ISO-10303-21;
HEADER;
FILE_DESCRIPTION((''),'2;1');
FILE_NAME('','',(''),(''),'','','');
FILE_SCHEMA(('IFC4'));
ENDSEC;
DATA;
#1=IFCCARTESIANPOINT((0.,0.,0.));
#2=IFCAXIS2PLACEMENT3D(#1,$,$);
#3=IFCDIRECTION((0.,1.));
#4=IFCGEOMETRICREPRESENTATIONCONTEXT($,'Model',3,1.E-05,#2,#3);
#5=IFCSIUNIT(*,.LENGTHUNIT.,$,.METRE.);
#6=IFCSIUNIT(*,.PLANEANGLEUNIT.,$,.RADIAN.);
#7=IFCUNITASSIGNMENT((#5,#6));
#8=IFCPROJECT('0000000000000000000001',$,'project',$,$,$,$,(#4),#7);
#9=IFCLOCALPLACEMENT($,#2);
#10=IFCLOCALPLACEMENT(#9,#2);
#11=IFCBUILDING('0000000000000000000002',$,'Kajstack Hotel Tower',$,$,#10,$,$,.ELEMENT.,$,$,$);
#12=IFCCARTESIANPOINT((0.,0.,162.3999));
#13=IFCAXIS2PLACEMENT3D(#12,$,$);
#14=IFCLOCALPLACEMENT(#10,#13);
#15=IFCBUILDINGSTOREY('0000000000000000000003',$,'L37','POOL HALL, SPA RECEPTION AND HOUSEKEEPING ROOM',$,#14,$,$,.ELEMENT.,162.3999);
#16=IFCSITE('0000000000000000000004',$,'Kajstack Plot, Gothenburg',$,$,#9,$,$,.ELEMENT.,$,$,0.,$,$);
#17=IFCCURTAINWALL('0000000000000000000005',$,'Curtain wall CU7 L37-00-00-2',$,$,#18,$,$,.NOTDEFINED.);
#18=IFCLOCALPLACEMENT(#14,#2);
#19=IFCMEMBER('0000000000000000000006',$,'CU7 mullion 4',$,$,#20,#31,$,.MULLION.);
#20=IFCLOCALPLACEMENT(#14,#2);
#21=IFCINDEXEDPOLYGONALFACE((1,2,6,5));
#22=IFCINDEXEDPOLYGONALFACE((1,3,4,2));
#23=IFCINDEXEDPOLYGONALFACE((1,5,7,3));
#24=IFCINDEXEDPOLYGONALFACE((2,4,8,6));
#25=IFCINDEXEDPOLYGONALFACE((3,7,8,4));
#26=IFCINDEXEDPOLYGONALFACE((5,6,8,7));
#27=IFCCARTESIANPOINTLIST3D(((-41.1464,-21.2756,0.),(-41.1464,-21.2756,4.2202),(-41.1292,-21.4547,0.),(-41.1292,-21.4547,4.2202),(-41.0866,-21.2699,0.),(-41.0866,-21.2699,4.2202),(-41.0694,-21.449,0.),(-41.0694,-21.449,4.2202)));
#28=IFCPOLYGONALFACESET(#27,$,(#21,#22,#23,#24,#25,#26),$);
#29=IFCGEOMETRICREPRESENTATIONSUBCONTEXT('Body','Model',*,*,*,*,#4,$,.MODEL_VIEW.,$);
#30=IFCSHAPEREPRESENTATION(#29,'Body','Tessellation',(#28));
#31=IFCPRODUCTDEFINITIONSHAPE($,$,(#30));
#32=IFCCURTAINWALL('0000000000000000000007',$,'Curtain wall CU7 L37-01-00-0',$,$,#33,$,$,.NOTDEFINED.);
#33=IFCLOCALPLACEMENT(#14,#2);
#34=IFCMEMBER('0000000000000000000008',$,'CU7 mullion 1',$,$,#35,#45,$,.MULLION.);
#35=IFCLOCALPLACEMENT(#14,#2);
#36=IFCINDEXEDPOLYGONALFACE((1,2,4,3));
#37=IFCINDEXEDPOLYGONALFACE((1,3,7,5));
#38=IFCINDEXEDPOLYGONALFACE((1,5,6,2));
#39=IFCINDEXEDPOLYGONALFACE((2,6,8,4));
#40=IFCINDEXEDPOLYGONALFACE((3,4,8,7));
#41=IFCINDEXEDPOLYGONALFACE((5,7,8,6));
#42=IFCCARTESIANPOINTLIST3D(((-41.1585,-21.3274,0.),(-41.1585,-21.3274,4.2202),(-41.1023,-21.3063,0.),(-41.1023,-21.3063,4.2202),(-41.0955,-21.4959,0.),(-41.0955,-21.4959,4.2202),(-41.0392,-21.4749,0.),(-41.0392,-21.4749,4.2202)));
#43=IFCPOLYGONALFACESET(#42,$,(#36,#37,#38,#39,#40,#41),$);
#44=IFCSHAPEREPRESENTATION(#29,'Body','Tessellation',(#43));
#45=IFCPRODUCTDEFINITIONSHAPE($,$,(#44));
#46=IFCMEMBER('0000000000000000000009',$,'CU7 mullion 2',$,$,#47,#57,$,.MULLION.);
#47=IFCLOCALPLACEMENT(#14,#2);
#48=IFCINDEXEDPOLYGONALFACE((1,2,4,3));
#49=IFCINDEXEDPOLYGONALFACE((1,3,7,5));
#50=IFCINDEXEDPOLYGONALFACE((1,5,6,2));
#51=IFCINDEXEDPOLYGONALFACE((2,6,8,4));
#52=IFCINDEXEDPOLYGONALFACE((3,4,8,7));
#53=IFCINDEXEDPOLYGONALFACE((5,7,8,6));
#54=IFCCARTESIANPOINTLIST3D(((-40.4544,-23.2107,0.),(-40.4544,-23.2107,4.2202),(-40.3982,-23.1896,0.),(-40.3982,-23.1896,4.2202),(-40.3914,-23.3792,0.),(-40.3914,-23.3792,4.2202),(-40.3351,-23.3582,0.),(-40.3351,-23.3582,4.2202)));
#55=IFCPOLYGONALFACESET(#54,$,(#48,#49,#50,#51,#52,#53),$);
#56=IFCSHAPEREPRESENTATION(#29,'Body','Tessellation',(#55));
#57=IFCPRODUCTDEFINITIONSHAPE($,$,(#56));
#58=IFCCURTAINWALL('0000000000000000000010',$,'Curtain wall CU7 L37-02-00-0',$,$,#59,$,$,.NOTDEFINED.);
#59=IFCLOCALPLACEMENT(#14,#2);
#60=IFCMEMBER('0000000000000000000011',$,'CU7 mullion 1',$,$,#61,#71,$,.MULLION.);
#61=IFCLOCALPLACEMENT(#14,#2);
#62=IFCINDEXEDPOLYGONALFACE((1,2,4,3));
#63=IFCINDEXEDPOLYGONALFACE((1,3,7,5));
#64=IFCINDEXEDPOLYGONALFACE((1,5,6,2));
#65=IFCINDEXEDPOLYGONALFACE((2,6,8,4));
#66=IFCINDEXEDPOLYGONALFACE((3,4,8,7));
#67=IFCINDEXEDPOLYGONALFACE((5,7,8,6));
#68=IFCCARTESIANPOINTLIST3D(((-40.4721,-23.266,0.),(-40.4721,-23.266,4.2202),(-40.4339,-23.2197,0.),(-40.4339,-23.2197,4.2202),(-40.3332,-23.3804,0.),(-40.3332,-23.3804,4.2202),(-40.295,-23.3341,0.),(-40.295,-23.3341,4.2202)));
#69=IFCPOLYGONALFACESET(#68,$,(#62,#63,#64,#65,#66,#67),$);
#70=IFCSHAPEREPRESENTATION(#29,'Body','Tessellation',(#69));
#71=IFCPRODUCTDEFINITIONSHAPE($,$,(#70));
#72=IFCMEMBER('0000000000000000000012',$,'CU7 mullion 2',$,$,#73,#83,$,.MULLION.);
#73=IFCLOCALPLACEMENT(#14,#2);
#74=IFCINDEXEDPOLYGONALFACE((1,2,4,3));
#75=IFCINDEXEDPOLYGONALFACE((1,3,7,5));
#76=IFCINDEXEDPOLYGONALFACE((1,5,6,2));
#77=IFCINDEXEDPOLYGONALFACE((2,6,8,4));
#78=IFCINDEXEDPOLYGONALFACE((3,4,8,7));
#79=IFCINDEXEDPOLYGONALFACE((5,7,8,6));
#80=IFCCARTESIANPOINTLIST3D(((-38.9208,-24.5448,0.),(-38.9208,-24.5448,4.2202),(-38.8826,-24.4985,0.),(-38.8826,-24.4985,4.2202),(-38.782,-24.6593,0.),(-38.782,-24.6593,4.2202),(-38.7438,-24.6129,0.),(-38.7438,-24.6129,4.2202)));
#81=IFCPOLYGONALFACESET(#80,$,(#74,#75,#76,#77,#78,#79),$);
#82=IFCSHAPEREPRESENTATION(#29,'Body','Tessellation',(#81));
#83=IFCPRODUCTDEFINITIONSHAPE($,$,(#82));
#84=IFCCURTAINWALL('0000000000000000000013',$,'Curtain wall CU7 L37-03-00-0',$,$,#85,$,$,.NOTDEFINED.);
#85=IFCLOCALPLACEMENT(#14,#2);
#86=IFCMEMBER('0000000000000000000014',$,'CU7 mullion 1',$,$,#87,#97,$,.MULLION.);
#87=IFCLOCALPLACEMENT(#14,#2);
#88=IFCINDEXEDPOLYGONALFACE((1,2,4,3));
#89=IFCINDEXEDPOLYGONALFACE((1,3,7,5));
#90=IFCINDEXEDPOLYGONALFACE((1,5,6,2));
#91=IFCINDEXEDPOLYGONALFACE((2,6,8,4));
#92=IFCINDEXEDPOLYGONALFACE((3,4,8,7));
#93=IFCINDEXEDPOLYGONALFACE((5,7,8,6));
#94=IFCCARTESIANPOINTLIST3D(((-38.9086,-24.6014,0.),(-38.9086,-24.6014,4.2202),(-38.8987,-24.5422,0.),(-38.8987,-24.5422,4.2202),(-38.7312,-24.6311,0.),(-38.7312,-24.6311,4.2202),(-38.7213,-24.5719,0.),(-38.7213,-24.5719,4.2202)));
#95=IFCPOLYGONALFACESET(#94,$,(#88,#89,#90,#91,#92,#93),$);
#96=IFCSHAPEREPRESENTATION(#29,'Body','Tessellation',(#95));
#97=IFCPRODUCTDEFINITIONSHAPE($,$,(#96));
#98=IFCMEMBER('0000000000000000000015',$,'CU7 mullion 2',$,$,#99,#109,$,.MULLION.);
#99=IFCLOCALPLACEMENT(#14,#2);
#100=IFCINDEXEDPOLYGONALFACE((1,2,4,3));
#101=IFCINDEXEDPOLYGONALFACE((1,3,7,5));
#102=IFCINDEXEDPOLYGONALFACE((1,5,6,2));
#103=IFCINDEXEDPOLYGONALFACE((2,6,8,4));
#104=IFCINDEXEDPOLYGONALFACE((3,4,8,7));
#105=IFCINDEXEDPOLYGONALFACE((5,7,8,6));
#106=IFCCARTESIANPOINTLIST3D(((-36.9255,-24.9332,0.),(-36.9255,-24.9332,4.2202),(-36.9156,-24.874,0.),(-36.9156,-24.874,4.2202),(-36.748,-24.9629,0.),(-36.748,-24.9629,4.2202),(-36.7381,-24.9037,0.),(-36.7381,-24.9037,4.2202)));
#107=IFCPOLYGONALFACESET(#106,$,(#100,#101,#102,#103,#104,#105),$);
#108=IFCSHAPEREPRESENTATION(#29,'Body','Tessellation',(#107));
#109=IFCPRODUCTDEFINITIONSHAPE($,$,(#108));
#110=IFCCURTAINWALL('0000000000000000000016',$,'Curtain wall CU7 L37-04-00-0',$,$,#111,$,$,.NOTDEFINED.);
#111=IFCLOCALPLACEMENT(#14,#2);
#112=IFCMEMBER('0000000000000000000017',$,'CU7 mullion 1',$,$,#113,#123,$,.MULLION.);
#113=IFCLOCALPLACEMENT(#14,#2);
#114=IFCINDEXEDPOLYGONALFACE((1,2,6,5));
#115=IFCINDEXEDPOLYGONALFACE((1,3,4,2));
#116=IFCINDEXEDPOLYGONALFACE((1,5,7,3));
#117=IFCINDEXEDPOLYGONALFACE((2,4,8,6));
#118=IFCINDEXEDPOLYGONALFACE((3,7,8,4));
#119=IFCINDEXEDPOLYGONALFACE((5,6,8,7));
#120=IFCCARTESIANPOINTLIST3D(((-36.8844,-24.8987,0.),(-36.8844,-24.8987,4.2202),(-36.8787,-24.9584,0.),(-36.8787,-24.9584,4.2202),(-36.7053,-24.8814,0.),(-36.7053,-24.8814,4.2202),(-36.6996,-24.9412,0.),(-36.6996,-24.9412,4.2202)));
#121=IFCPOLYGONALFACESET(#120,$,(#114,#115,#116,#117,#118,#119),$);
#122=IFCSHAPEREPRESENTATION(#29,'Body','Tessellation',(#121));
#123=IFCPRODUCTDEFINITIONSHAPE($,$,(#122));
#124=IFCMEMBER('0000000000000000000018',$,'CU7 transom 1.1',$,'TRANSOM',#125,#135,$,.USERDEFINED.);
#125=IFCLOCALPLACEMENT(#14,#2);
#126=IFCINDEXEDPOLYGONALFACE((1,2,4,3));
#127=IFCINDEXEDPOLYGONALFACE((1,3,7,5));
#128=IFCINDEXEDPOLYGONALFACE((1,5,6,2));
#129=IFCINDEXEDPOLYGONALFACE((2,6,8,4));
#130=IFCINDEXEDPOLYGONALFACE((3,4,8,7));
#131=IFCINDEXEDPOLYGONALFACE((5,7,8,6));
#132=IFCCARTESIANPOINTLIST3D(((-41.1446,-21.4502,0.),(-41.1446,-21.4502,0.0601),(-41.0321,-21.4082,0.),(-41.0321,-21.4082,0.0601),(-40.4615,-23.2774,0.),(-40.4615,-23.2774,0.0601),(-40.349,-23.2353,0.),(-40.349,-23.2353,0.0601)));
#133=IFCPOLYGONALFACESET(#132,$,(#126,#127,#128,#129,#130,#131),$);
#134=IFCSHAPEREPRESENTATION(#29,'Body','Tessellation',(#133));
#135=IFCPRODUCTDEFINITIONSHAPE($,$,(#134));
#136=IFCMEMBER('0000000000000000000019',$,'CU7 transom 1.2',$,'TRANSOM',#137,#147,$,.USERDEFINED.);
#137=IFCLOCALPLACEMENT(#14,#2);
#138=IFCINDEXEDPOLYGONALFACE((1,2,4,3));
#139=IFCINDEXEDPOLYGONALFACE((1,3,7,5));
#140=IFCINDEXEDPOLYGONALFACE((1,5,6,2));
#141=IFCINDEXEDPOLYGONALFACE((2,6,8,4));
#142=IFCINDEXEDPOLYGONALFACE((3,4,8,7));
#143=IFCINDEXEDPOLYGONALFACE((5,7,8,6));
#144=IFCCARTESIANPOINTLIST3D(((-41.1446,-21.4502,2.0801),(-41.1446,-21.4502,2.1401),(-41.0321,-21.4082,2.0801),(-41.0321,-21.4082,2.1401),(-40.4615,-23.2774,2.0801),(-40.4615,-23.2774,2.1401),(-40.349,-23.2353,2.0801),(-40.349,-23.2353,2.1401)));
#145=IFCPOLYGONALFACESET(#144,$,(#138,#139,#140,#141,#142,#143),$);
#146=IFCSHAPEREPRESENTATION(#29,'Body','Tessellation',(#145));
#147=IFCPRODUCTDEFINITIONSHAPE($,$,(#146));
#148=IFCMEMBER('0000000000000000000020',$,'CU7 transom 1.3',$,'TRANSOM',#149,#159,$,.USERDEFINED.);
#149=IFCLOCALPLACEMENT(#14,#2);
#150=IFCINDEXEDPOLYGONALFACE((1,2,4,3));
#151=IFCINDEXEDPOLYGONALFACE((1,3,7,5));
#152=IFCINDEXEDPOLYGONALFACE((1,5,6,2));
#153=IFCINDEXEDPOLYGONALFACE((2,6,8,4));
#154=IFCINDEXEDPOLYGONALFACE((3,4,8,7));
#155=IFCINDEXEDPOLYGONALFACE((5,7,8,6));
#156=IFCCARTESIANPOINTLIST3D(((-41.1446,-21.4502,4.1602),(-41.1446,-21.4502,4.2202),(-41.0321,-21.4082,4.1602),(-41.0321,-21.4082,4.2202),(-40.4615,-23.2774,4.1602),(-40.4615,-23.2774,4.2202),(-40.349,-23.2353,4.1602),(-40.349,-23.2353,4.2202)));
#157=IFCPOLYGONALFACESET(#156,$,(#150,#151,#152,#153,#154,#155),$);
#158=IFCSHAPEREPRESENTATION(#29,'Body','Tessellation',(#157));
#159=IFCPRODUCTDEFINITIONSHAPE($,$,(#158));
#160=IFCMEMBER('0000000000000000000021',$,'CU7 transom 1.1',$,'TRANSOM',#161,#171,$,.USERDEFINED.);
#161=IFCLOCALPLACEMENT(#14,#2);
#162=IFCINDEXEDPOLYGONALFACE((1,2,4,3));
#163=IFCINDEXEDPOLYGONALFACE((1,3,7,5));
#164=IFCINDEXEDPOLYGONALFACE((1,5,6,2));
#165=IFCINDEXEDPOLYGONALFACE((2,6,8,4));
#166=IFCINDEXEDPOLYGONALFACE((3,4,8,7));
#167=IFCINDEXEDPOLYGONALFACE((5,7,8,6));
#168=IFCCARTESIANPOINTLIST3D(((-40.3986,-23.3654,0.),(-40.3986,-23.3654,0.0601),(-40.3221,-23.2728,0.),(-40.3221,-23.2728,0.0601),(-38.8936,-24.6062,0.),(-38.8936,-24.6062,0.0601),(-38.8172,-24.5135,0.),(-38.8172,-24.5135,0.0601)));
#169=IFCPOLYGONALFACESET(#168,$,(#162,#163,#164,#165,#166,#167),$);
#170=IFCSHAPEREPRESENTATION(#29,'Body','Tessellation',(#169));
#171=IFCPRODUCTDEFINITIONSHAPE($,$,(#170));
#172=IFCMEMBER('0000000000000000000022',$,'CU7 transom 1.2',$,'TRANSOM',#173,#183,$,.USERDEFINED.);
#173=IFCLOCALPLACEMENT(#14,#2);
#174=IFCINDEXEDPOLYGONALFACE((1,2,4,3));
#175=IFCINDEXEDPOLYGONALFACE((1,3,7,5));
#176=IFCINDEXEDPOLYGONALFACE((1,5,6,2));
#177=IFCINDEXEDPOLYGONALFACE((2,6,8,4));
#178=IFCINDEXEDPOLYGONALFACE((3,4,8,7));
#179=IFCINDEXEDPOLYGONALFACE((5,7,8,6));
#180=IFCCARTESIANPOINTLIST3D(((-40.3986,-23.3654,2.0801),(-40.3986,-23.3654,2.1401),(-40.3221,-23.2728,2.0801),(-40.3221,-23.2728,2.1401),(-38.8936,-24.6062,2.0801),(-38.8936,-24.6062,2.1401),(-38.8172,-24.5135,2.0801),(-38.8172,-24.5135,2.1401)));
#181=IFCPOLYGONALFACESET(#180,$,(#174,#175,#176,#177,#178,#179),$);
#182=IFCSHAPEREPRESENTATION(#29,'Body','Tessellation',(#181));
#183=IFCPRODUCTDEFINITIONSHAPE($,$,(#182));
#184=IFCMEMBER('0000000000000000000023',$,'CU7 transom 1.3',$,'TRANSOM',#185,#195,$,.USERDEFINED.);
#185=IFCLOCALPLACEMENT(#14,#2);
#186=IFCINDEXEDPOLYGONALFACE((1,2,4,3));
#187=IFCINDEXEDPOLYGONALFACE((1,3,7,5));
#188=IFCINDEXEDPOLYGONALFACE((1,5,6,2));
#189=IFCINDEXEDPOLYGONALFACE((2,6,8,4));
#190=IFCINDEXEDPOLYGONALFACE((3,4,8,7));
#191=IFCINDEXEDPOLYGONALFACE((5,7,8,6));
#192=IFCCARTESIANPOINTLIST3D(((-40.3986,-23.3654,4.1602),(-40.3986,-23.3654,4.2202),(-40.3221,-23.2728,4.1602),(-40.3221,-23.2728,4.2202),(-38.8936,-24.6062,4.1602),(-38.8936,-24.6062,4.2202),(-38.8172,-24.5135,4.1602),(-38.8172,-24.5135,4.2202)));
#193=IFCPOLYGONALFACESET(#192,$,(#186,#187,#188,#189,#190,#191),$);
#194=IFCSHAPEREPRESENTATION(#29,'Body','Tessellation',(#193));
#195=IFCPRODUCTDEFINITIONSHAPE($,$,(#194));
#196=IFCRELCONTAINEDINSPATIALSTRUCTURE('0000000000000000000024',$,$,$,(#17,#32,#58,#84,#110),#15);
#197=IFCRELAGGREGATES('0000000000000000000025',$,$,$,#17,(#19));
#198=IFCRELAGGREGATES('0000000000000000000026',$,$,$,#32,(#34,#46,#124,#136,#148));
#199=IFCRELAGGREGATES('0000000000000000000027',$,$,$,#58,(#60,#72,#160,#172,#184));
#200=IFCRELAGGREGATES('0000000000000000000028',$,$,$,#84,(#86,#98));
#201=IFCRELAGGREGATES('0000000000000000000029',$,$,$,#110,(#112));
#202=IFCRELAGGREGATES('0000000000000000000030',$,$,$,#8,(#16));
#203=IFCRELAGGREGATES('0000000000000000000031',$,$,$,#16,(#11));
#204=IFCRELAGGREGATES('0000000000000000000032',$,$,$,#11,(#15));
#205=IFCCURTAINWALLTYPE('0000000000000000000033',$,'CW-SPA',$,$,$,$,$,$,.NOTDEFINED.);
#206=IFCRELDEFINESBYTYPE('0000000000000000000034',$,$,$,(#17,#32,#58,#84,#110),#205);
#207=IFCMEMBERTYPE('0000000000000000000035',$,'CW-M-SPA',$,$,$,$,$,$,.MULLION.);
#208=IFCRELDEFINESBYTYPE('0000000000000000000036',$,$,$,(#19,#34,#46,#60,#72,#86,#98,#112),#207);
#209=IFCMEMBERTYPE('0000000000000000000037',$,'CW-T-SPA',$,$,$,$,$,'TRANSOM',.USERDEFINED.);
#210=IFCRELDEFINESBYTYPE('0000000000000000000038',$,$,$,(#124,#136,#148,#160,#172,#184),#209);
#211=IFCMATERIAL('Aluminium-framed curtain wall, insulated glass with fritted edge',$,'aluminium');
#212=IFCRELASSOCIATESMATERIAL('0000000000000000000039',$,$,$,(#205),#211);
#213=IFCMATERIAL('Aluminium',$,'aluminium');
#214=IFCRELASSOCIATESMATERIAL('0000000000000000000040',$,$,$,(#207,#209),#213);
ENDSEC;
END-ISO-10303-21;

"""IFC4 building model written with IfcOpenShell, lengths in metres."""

from ifc_helpers import new_model, si_unit, direction, frame, origin, origin_2d, place, context, subcontext, project, spatial, rectangle, extrude, material, material_profile, profile_set, type_object, element, aggregate, save


model = new_model("IFC4")

# Units and contexts
model_context = context("Model", 3, precision=1e-05, world=origin(), true_north=direction((0.0, 1.0)))
body_context = subcontext(model_context, "Body", "Model", "MODEL_VIEW")
ifc_project = project(units=[si_unit("LENGTHUNIT", "METRE"), si_unit("PLANEANGLEUNIT", "RADIAN")], contexts=[model_context])

# Site, building, storey
site_placement = place(None, origin())
site = spatial("IfcSite", under=ifc_project, at=site_placement, Name="Kajstack Plot, Gothenburg", CompositionType="ELEMENT", RefElevation=0.0)
building_placement = place(site_placement, origin())
building = spatial("IfcBuilding", under=site, at=building_placement, Name="Kajstack Hotel Tower", CompositionType="ELEMENT")
storey_placement = place(building_placement, frame((0.0, 0.0, 162.3999)))
storey = spatial("IfcBuildingStorey", under=building, at=storey_placement, Name="L37", Description="POOL HALL, SPA RECEPTION AND HOUSEKEEPING ROOM", CompositionType="ELEMENT", Elevation=162.3999)

# Curtain wall, member
ifc_material_1 = material(Name="Aluminium-framed curtain wall, insulated glass with fritted edge", Category="aluminium")
curtain_wall_type = type_object("IfcCurtainWallType", Name="CW-SPA", PredefinedType="NOTDEFINED", material=ifc_material_1)
curtain_wall_1_placement = place(storey_placement, origin())
curtain_wall_1 = element("IfcCurtainWall", 1, at=curtain_wall_1_placement, inside=storey, type_object=curtain_wall_type, Name="Curtain wall CU7 L37-00-00-2", PredefinedType="NOTDEFINED")
ifc_material_2 = material(Name="Aluminium", Category="aluminium")
ifc_material_profile_1 = material_profile(ifc_material_2, rectangle(XDim=0.0601, YDim=0.1799, at=origin_2d()), Name="Aluminium mullion 60 x 180")
ifc_profile_set_1 = profile_set([ifc_material_profile_1], Name="Aluminium")
member_type_1 = type_object("IfcMemberType", Name="CW-M-SPA", PredefinedType="MULLION", material=ifc_profile_set_1)
member_1_placement = place(storey_placement, frame((-41.1079, -21.3623, 0.0), z_axis=(0.0, 0.0, 1.0), x_axis=(0.995396, 0.095844, 0.0)))
member_1 = element("IfcMember", 2, at=member_1_placement, type_object=member_type_1, Name="CU7 mullion 4", PredefinedType="MULLION", context=body_context, shape_type="SweptSolid", body=[
    extrude(rectangle(XDim=0.0601, YDim=0.1799, at=origin_2d()), origin(), (0.0, 0.0, 1.0), 4.2202),
])

# Curtain walls, members
curtain_wall_2_placement = place(storey_placement, origin())
curtain_wall_2 = element("IfcCurtainWall", 3, at=curtain_wall_2_placement, inside=storey, type_object=curtain_wall_type, Name="Curtain wall CU7 L37-01-00-0", PredefinedType="NOTDEFINED")
member_2_placement = place(storey_placement, frame((-41.0989, -21.4011, 0.0), z_axis=(0.0, 0.0, 1.0), x_axis=(0.936664, 0.350229, 0.0)))
member_2 = element("IfcMember", 4, at=member_2_placement, type_object=member_type_1, Name="CU7 mullion 1", PredefinedType="MULLION", context=body_context, shape_type="SweptSolid", body=[
    extrude(rectangle(XDim=0.0601, YDim=0.1799, at=origin_2d()), origin(), (0.0, 0.0, 1.0), 4.2202),
])
member_3_placement = place(storey_placement, frame((-40.3948, -23.2844, 0.0), z_axis=(0.0, 0.0, 1.0), x_axis=(0.936664, 0.350229, 0.0)))
member_3 = element("IfcMember", 5, at=member_3_placement, type_object=member_type_1, Name="CU7 mullion 2", PredefinedType="MULLION", context=body_context, shape_type="SweptSolid", body=[
    extrude(rectangle(XDim=0.0601, YDim=0.1799, at=origin_2d()), origin(), (0.0, 0.0, 1.0), 4.2202),
])
curtain_wall_3_placement = place(storey_placement, origin())
curtain_wall_3 = element("IfcCurtainWall", 6, at=curtain_wall_3_placement, inside=storey, type_object=curtain_wall_type, Name="Curtain wall CU7 L37-02-00-0", PredefinedType="NOTDEFINED")
member_4_placement = place(storey_placement, frame((-40.3835, -23.3, 0.0), z_axis=(0.0, 0.0, 1.0), x_axis=(0.63609, 0.771615, 0.0)))
member_4 = element("IfcMember", 7, at=member_4_placement, type_object=member_type_1, Name="CU7 mullion 1", PredefinedType="MULLION", context=body_context, shape_type="SweptSolid", body=[
    extrude(rectangle(XDim=0.0601, YDim=0.1799, at=origin_2d()), origin(), (0.0, 0.0, 1.0), 4.2202),
])
member_5_placement = place(storey_placement, frame((-38.8323, -24.5789, 0.0), z_axis=(0.0, 0.0, 1.0), x_axis=(0.63609, 0.771615, 0.0)))
member_5 = element("IfcMember", 8, at=member_5_placement, type_object=member_type_1, Name="CU7 mullion 2", PredefinedType="MULLION", context=body_context, shape_type="SweptSolid", body=[
    extrude(rectangle(XDim=0.0601, YDim=0.1799, at=origin_2d()), origin(), (0.0, 0.0, 1.0), 4.2202),
])
curtain_wall_4_placement = place(storey_placement, origin())
curtain_wall_4 = element("IfcCurtainWall", 9, at=curtain_wall_4_placement, inside=storey, type_object=curtain_wall_type, Name="Curtain wall CU7 L37-03-00-0", PredefinedType="NOTDEFINED")
member_6_placement = place(storey_placement, frame((-38.8149, -24.5867, 0.0), z_axis=(0.0, 0.0, 1.0), x_axis=(0.165025, 0.986289, 0.0)))
member_6 = element("IfcMember", 10, at=member_6_placement, type_object=member_type_1, Name="CU7 mullion 1", PredefinedType="MULLION", context=body_context, shape_type="SweptSolid", body=[
    extrude(rectangle(XDim=0.0601, YDim=0.1799, at=origin_2d()), origin(), (0.0, 0.0, 1.0), 4.2202),
])
member_7_placement = place(storey_placement, frame((-36.8318, -24.9185, 0.0), z_axis=(0.0, 0.0, 1.0), x_axis=(0.165025, 0.986289, 0.0)))
member_7 = element("IfcMember", 11, at=member_7_placement, type_object=member_type_1, Name="CU7 mullion 2", PredefinedType="MULLION", context=body_context, shape_type="SweptSolid", body=[
    extrude(rectangle(XDim=0.0601, YDim=0.1799, at=origin_2d()), origin(), (0.0, 0.0, 1.0), 4.2202),
])

# Curtain wall, member
curtain_wall_5_placement = place(storey_placement, origin())
curtain_wall_5 = element("IfcCurtainWall", 12, at=curtain_wall_5_placement, inside=storey, type_object=curtain_wall_type, Name="Curtain wall CU7 L37-04-00-0", PredefinedType="NOTDEFINED")
member_8_placement = place(storey_placement, frame((-36.792, -24.9199, 0.0), z_axis=(0.0, 0.0, 1.0), x_axis=(-0.095845, 0.995396, 0.0)))
member_8 = element("IfcMember", 13, at=member_8_placement, type_object=member_type_1, Name="CU7 mullion 1", PredefinedType="MULLION", context=body_context, shape_type="SweptSolid", body=[
    extrude(rectangle(XDim=0.0601, YDim=0.1799, at=origin_2d()), origin(), (0.0, 0.0, 1.0), 4.2202),
])

# Members
ifc_material_profile_2 = material_profile(ifc_material_2, rectangle(XDim=0.1201, YDim=0.0601, at=origin_2d()), Name="Aluminium transom 120 x 60")
ifc_profile_set_2 = profile_set([ifc_material_profile_2], Name="Aluminium")
member_type_2 = type_object("IfcMemberType", Name="CW-T-SPA", ElementType="TRANSOM", PredefinedType="USERDEFINED", material=ifc_profile_set_2)
member_9_placement = place(storey_placement, frame((-41.0884, -21.4292, 0.03), z_axis=(0.350191, -0.936678, 0.0), x_axis=(0.936678, 0.350191, 0.0)))
member_9 = element("IfcMember", 14, at=member_9_placement, type_object=member_type_2, Name="CU7 transom 1.1", ObjectType="TRANSOM", PredefinedType="USERDEFINED", context=body_context, shape_type="SweptSolid", body=[
    extrude(rectangle(XDim=0.1201, YDim=0.0601, at=origin_2d()), origin(), (0.0, 0.0, 1.0), 1.9507),
])
member_10_placement = place(storey_placement, frame((-41.0884, -21.4292, 2.1101), z_axis=(0.350191, -0.936678, 0.0), x_axis=(0.936678, 0.350191, 0.0)))
member_10 = element("IfcMember", 15, at=member_10_placement, type_object=member_type_2, Name="CU7 transom 1.2", ObjectType="TRANSOM", PredefinedType="USERDEFINED", context=body_context, shape_type="SweptSolid", body=[
    extrude(rectangle(XDim=0.1201, YDim=0.0601, at=origin_2d()), origin(), (0.0, 0.0, 1.0), 1.9507),
])
member_11_placement = place(storey_placement, frame((-41.0884, -21.4292, 4.1902), z_axis=(0.350191, -0.936678, 0.0), x_axis=(0.936678, 0.350191, 0.0)))
member_11 = element("IfcMember", 16, at=member_11_placement, type_object=member_type_2, Name="CU7 transom 1.3", ObjectType="TRANSOM", PredefinedType="USERDEFINED", context=body_context, shape_type="SweptSolid", body=[
    extrude(rectangle(XDim=0.1201, YDim=0.0601, at=origin_2d()), origin(), (0.0, 0.0, 1.0), 1.9507),
])
member_12_placement = place(storey_placement, frame((-40.3604, -23.3191, 0.03), z_axis=(0.771576, -0.636137, 0.0), x_axis=(0.636137, 0.771576, 0.0)))
member_12 = element("IfcMember", 17, at=member_12_placement, type_object=member_type_2, Name="CU7 transom 1.1", ObjectType="TRANSOM", PredefinedType="USERDEFINED", context=body_context, shape_type="SweptSolid", body=[
    extrude(rectangle(XDim=0.1201, YDim=0.0601, at=origin_2d()), origin(), (0.0, 0.0, 1.0), 1.9504),
])
member_13_placement = place(storey_placement, frame((-40.3604, -23.3191, 2.1101), z_axis=(0.771576, -0.636137, 0.0), x_axis=(0.636137, 0.771576, 0.0)))
member_13 = element("IfcMember", 18, at=member_13_placement, type_object=member_type_2, Name="CU7 transom 1.2", ObjectType="TRANSOM", PredefinedType="USERDEFINED", context=body_context, shape_type="SweptSolid", body=[
    extrude(rectangle(XDim=0.1201, YDim=0.0601, at=origin_2d()), origin(), (0.0, 0.0, 1.0), 1.9504),
])
member_14_placement = place(storey_placement, frame((-40.3604, -23.3191, 4.1902), z_axis=(0.771576, -0.636137, 0.0), x_axis=(0.636137, 0.771576, 0.0)))
member_14 = element("IfcMember", 19, at=member_14_placement, type_object=member_type_2, Name="CU7 transom 1.3", ObjectType="TRANSOM", PredefinedType="USERDEFINED", context=body_context, shape_type="SweptSolid", body=[
    extrude(rectangle(XDim=0.1201, YDim=0.0601, at=origin_2d()), origin(), (0.0, 0.0, 1.0), 1.9504),
])

aggregate(curtain_wall_1, [member_1])
aggregate(curtain_wall_2, [member_2, member_3, member_9, member_10, member_11])
aggregate(curtain_wall_3, [member_4, member_5, member_12, member_13, member_14])
aggregate(curtain_wall_4, [member_6, member_7])
aggregate(curtain_wall_5, [member_8])

save(model, "model.ifc")
